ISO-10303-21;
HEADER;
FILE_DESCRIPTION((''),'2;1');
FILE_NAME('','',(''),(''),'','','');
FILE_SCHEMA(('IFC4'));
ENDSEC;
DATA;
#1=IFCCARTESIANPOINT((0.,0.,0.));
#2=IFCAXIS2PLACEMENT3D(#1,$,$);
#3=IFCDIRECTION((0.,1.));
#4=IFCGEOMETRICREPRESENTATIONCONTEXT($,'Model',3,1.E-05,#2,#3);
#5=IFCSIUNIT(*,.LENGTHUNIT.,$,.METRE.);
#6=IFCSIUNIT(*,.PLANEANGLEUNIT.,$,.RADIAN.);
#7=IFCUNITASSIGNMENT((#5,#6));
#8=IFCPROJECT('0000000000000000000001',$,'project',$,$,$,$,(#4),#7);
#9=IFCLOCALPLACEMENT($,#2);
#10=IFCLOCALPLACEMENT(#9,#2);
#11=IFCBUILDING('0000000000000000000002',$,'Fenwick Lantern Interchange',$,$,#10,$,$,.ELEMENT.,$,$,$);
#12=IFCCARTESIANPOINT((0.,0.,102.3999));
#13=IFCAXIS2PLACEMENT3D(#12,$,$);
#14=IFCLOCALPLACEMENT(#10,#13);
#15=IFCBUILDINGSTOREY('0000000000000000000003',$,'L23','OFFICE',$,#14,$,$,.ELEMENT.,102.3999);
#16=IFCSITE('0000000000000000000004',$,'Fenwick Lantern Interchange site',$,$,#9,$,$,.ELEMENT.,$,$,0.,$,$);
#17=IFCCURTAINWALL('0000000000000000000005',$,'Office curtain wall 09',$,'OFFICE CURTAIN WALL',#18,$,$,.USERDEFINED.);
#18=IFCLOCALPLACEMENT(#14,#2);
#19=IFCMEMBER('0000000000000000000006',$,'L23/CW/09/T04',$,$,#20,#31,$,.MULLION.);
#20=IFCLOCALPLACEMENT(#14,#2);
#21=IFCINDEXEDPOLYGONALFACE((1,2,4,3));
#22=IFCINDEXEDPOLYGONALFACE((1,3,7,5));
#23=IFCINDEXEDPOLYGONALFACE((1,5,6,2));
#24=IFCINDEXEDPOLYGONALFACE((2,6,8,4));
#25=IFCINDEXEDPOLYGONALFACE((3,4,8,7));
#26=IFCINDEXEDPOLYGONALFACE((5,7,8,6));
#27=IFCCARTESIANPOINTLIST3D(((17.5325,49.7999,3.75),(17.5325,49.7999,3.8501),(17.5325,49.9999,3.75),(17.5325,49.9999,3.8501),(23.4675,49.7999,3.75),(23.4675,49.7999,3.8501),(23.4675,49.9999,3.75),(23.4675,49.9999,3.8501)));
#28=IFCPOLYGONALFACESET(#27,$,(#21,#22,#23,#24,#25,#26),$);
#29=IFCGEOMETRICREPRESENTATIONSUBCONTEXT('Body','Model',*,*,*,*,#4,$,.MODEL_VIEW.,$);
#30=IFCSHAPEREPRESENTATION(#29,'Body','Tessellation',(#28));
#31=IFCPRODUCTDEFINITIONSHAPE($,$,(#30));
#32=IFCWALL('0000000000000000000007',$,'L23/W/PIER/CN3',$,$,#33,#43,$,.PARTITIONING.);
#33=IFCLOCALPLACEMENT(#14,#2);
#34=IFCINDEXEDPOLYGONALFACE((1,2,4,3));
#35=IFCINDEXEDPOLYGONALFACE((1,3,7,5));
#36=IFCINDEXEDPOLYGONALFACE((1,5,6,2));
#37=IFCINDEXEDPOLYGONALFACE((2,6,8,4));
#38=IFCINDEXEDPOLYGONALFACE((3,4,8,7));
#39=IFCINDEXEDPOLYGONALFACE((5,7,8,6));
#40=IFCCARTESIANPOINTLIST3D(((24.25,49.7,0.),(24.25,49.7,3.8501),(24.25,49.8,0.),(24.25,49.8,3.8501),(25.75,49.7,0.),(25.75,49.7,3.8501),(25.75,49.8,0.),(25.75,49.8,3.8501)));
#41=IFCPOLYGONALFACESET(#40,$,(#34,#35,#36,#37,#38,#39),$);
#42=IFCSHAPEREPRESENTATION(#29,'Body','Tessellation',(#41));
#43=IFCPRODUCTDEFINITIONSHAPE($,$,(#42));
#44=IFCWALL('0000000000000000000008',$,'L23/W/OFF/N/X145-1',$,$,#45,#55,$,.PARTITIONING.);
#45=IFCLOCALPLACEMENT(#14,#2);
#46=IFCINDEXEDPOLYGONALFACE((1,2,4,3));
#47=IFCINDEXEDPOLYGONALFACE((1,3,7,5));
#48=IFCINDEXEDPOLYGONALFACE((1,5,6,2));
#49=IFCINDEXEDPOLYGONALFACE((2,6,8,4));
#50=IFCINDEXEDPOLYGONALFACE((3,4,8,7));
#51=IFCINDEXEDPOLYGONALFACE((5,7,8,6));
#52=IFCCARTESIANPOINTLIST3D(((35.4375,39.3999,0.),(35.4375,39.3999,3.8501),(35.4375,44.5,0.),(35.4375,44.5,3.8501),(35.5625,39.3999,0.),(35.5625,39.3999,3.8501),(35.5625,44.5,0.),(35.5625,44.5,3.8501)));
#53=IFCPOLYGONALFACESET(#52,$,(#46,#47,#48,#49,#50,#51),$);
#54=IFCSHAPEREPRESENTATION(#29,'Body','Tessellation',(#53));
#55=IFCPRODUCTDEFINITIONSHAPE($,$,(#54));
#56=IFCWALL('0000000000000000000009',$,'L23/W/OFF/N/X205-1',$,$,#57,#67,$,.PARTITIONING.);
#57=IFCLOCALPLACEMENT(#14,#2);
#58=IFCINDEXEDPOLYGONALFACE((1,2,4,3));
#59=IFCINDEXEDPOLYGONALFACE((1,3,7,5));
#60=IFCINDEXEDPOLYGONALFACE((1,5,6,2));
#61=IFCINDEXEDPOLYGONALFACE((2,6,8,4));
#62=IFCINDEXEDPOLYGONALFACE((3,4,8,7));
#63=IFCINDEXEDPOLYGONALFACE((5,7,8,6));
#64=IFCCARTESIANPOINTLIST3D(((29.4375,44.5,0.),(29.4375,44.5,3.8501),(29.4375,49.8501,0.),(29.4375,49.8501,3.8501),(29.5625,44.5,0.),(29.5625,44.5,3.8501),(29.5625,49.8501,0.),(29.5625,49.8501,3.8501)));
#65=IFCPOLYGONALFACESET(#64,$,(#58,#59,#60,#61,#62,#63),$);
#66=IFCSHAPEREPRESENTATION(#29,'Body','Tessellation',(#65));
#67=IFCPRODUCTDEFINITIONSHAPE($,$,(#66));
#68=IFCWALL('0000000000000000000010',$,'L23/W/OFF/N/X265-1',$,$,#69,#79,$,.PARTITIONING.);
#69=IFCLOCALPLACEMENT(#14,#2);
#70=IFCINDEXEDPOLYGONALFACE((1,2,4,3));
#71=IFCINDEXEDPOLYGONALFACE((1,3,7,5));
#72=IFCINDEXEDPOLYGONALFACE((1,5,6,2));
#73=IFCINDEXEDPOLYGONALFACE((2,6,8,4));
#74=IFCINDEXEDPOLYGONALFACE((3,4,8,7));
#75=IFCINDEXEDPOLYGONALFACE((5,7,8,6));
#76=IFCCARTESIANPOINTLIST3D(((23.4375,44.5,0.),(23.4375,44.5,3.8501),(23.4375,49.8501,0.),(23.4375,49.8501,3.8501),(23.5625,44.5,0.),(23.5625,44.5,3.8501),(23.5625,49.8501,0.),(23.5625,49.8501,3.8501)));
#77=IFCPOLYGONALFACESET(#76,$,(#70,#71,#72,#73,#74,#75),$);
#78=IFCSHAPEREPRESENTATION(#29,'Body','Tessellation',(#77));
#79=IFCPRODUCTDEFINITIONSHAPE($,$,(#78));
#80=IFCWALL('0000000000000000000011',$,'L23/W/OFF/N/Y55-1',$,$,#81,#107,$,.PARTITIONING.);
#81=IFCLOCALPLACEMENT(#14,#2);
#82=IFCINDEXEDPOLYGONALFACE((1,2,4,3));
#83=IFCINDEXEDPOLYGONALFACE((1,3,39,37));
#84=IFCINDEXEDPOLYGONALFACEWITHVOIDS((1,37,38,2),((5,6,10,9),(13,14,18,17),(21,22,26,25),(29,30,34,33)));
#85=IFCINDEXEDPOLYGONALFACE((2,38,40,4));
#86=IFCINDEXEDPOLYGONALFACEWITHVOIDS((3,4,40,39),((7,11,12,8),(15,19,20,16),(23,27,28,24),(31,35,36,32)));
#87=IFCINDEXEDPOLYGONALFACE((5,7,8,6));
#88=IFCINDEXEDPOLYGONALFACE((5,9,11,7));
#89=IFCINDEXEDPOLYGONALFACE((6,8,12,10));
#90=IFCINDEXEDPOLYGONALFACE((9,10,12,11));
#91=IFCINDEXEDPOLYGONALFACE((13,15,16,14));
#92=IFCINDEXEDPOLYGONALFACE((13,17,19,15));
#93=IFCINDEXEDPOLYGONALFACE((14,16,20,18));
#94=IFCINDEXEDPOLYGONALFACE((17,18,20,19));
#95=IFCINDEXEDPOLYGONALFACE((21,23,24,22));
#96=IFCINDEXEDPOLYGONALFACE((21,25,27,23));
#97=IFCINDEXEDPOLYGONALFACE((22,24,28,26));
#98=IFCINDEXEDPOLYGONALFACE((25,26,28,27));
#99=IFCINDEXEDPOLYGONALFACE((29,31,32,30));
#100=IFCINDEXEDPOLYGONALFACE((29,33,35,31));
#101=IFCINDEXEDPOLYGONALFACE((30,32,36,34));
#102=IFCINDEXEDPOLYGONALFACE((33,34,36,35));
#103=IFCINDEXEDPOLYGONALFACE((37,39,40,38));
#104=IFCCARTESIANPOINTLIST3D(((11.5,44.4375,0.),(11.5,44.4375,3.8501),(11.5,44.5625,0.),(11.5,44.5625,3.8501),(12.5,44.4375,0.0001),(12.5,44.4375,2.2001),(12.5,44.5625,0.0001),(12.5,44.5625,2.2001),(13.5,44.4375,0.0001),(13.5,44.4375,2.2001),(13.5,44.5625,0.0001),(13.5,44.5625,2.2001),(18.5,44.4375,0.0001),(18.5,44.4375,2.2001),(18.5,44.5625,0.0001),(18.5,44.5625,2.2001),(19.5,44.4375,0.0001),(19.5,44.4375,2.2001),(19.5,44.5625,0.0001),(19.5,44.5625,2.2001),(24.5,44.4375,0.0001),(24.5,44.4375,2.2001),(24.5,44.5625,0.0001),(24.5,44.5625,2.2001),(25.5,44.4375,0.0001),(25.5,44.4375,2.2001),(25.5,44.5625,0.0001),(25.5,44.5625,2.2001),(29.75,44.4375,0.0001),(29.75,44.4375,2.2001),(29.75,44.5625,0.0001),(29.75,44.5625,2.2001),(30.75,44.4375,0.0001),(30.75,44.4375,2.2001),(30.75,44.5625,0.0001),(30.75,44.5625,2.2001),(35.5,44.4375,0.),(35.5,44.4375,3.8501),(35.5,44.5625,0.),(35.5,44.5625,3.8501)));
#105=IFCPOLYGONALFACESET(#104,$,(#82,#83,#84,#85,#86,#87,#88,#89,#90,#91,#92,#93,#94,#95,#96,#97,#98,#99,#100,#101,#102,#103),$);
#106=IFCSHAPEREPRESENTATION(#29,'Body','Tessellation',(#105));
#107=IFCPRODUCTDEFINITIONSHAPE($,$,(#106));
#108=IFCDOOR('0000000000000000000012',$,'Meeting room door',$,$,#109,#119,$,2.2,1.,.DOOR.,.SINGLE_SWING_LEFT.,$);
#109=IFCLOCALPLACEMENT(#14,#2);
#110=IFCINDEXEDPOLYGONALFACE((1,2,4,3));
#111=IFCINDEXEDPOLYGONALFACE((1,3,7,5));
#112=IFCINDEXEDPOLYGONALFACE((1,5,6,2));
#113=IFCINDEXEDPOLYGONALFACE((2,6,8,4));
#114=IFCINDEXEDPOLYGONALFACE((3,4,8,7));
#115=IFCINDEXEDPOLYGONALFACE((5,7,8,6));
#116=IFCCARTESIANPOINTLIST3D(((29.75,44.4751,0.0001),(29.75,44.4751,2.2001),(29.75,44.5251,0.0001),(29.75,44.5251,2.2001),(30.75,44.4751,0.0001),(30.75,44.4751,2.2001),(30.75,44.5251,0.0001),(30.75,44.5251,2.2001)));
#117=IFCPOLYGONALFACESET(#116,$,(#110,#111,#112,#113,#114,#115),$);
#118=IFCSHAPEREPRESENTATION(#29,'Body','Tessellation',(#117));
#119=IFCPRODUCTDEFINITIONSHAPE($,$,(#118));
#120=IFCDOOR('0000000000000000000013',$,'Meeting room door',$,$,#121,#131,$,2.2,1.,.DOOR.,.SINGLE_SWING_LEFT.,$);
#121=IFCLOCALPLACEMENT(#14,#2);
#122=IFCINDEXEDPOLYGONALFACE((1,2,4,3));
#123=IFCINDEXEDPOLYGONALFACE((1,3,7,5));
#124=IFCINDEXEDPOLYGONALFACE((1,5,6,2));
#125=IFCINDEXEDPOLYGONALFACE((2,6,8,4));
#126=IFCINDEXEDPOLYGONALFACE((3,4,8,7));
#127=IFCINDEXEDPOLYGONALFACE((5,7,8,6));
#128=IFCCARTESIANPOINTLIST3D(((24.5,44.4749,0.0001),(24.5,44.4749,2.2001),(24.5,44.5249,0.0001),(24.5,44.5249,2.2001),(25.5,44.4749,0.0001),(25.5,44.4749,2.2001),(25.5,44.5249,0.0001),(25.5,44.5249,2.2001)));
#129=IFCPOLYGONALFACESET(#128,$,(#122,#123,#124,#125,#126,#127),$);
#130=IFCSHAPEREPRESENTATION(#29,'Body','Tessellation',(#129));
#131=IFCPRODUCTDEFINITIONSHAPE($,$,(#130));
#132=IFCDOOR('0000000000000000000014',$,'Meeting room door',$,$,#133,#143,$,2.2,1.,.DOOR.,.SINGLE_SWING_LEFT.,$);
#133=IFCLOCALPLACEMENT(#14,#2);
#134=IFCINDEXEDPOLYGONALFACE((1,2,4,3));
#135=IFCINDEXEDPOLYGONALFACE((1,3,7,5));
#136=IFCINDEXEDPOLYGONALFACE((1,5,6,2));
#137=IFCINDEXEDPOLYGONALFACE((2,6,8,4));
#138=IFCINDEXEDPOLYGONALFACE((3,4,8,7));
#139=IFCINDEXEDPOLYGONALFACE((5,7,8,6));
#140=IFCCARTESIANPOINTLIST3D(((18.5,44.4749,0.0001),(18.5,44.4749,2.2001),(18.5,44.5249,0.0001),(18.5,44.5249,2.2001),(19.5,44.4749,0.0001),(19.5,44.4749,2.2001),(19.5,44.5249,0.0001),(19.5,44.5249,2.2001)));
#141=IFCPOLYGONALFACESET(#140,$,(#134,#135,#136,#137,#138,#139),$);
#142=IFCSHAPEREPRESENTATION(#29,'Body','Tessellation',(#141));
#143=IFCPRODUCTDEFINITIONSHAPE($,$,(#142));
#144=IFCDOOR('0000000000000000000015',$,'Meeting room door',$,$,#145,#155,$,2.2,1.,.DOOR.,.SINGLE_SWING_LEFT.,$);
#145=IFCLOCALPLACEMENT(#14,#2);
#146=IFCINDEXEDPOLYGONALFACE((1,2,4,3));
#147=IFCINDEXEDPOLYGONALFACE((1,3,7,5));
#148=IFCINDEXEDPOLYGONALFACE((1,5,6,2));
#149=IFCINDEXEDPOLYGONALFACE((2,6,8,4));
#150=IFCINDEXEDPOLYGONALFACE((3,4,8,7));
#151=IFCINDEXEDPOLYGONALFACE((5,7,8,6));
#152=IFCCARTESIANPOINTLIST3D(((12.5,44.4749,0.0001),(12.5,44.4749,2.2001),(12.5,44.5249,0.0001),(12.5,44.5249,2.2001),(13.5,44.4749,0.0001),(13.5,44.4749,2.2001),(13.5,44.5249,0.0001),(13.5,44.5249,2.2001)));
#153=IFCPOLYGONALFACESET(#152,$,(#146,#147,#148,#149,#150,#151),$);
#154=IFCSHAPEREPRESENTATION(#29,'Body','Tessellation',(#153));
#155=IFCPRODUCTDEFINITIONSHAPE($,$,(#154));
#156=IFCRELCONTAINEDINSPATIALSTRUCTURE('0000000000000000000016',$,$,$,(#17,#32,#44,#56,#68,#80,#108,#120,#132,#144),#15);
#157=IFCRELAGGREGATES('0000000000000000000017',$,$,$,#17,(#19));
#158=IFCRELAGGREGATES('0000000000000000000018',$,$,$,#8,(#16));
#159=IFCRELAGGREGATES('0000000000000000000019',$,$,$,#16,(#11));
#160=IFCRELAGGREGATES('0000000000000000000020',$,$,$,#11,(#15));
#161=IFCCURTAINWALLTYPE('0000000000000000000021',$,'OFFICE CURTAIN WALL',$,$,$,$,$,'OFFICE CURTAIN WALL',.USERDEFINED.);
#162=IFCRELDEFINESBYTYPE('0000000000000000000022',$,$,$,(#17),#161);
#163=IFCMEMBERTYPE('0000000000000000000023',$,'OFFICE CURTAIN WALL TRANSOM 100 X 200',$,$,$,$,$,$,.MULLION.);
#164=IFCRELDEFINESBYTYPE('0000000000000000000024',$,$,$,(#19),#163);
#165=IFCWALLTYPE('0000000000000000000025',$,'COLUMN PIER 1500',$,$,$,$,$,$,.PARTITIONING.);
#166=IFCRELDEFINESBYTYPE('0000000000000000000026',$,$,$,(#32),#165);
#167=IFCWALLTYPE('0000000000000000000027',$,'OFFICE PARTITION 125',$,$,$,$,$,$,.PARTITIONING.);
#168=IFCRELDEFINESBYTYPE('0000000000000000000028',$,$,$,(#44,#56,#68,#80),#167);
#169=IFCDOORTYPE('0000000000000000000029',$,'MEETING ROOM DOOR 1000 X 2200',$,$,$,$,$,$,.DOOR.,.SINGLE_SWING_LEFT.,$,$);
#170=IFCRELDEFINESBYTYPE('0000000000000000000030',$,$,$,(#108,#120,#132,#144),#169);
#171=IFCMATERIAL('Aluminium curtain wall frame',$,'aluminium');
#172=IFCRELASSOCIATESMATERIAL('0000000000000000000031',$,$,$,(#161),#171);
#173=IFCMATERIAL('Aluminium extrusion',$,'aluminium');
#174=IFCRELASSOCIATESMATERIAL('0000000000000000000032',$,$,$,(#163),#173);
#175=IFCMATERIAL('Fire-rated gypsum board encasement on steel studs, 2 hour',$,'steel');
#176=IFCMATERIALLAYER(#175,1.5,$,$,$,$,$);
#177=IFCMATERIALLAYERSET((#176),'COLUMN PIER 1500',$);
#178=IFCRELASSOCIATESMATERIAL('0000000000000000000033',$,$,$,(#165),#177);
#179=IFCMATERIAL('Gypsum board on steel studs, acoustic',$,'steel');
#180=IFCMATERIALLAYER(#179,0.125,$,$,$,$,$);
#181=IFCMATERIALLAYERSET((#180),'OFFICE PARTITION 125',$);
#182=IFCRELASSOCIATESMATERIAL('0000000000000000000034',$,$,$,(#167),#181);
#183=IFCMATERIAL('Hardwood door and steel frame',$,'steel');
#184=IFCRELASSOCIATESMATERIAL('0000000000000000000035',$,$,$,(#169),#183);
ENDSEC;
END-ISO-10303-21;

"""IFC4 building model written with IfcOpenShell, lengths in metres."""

from ifc_helpers import new_model, si_unit, direction, frame, frame_2d, origin, origin_2d, place, context, subcontext, project, spatial, rectangle, extrude, material, layer, layer_set, material_profile, profile_set, type_object, element, fill, aggregate, save


model = new_model("IFC4")

# Units and contexts
model_context = context("Model", 3, precision=1e-05, world=origin(), true_north=direction((0.0, 1.0)))
body_context = subcontext(model_context, "Body", "Model", "MODEL_VIEW")
ifc_project = project(units=[si_unit("LENGTHUNIT", "METRE"), si_unit("PLANEANGLEUNIT", "RADIAN")], contexts=[model_context])

# Site, building, storey
site_placement = place(None, origin())
site = spatial("IfcSite", under=ifc_project, at=site_placement, Name="Fenwick Lantern Interchange site", CompositionType="ELEMENT", RefElevation=0.0)
building_placement = place(site_placement, origin())
building = spatial("IfcBuilding", under=site, at=building_placement, Name="Fenwick Lantern Interchange", CompositionType="ELEMENT")
storey_placement = place(building_placement, frame((0.0, 0.0, 102.3999)))
storey = spatial("IfcBuildingStorey", under=building, at=storey_placement, Name="L23", Description="OFFICE", CompositionType="ELEMENT", Elevation=102.3999)

# Curtain wall, member
ifc_material_1 = material(Name="Aluminium curtain wall frame", Category="aluminium")
curtain_wall_type = type_object("IfcCurtainWallType", Name="OFFICE CURTAIN WALL", ElementType="OFFICE CURTAIN WALL", PredefinedType="USERDEFINED", material=ifc_material_1)
curtain_wall_placement = place(storey_placement, origin())
curtain_wall = element("IfcCurtainWall", 1, at=curtain_wall_placement, inside=storey, type_object=curtain_wall_type, Name="Office curtain wall 09", ObjectType="OFFICE CURTAIN WALL", PredefinedType="USERDEFINED")
ifc_material_2 = material(Name="Aluminium extrusion", Category="aluminium")
ifc_material_profile_1 = material_profile(ifc_material_2, rectangle(XDim=0.2, YDim=0.1001, at=origin_2d()), Name="OFFICE CURTAIN WALL TRANSOM 100 X 200")
ifc_profile_set_1 = profile_set([ifc_material_profile_1], Name="Aluminium extrusion")
member_type_1 = type_object("IfcMemberType", Name="OFFICE CURTAIN WALL TRANSOM 100 X 200", PredefinedType="MULLION", material=ifc_profile_set_1)
member_1_placement = place(storey_placement, frame((23.4675, 49.8999, 3.8), z_axis=(-1.0, 0.0, 0.0), x_axis=(0.0, -1.0, 0.0)))
member_1 = element("IfcMember", 2, at=member_1_placement, type_object=member_type_1, Name="L23/CW/09/T04", PredefinedType="MULLION", context=body_context, shape_type="SweptSolid", body=[
    extrude(rectangle(XDim=0.2, YDim=0.1001, at=origin_2d()), origin(), (0.0, 0.0, 1.0), 5.9351),
])
aggregate(curtain_wall, [member_1])

# Walls
ifc_material_3 = material(Name="Fire-rated gypsum board encasement on steel studs, 2 hour", Category="steel")
ifc_layer_1 = layer(ifc_material_3, 1.5)
ifc_layer_set_1 = layer_set([ifc_layer_1], Name="COLUMN PIER 1500")
wall_type_1 = type_object("IfcWallType", Name="COLUMN PIER 1500", PredefinedType="PARTITIONING", material=ifc_layer_set_1)
wall_1_placement = place(storey_placement, frame((25.0, 49.8, 0.0), z_axis=(0.0, 0.0, 1.0), x_axis=(0.0, -1.0, 0.0)))
element("IfcWall", 3, at=wall_1_placement, inside=storey, type_object=wall_type_1, Name="L23/W/PIER/CN3", PredefinedType="PARTITIONING", context=body_context, shape_type="SweptSolid", body=[
    extrude(rectangle(XDim=0.1001, YDim=1.5, at=frame_2d((0.05, 0.0))), origin(), (0.0, 0.0, 1.0), 3.8501),
])
ifc_material_4 = material(Name="Gypsum board on steel studs, acoustic", Category="steel")
ifc_layer_2 = layer(ifc_material_4, 0.125)
ifc_layer_set_2 = layer_set([ifc_layer_2], Name="OFFICE PARTITION 125")
wall_type_2 = type_object("IfcWallType", Name="OFFICE PARTITION 125", PredefinedType="PARTITIONING", material=ifc_layer_set_2)
wall_2_placement = place(storey_placement, frame((35.5, 44.5, 0.0), z_axis=(0.0, 0.0, 1.0), x_axis=(0.0, -1.0, 0.0)))
element("IfcWall", 4, at=wall_2_placement, inside=storey, type_object=wall_type_2, Name="L23/W/OFF/N/X145-1", PredefinedType="PARTITIONING", context=body_context, shape_type="SweptSolid", body=[
    extrude(rectangle(XDim=5.1001, YDim=0.125, at=frame_2d((2.55, 0.0))), origin(), (0.0, 0.0, 1.0), 3.8501),
])
for number, where, z_axis, x_axis, name in (
    (5, (29.5, 49.8501, 0.0), (0.0, 0.0, 1.0), (0.0, -1.0, 0.0), "L23/W/OFF/N/X205-1"),
    (6, (23.5, 49.8501, 0.0), (0.0, 0.0, 1.0), (0.0, -1.0, 0.0), "L23/W/OFF/N/X265-1"),
):
    element("IfcWall", number, at=place(storey_placement, frame(where, z_axis=z_axis, x_axis=x_axis)), inside=storey, type_object=wall_type_2, Name=name, PredefinedType="PARTITIONING", context=body_context, shape_type="SweptSolid", body=[
        extrude(rectangle(XDim=5.3501, YDim=0.125, at=frame_2d((2.675, 0.0))), origin(), (0.0, 0.0, 1.0), 3.8501),
    ])

# Wall, openings, doors
wall_3_placement = place(storey_placement, frame((35.5, 44.5, 0.0), z_axis=(0.0, 0.0, 1.0), x_axis=(-1.0, 0.0, 0.0)))
wall_3 = element("IfcWall", 7, at=wall_3_placement, inside=storey, type_object=wall_type_2, Name="L23/W/OFF/N/Y55-1", PredefinedType="PARTITIONING", context=body_context, shape_type="SweptSolid", body=[
    extrude(rectangle(XDim=24.0, YDim=0.125, at=frame_2d((12.0, 0.0))), origin(), (0.0, 0.0, 1.0), 3.8501),
])
opening_1_placement = place(wall_3_placement, frame((4.75, 0.0, 0.0)))
opening_1 = element("IfcOpeningElement", 8, at=opening_1_placement, cuts=wall_3, PredefinedType="OPENING", context=body_context, shape_type="SweptSolid", body=[
    extrude(rectangle(XDim=1.0, YDim=2.2, at=frame_2d((0.5, 1.1001))), frame((0.0, 0.0725, 0.0), z_axis=(0.0, -1.0, 0.0), x_axis=(1.0, 0.0, 0.0)), (0.0, 0.0, 1.0), 0.145),
])
opening_2_placement = place(wall_3_placement, frame((10.0, 0.0, 0.0)))
opening_2 = element("IfcOpeningElement", 9, at=opening_2_placement, cuts=wall_3, PredefinedType="OPENING", context=body_context, shape_type="SweptSolid", body=[
    extrude(rectangle(XDim=1.0, YDim=2.2, at=frame_2d((0.5, 1.1001))), frame((0.0, 0.0725, 0.0), z_axis=(0.0, -1.0, 0.0), x_axis=(1.0, 0.0, 0.0)), (0.0, 0.0, 1.0), 0.145),
])
opening_3_placement = place(wall_3_placement, frame((16.0, 0.0, 0.0)))
opening_3 = element("IfcOpeningElement", 10, at=opening_3_placement, cuts=wall_3, PredefinedType="OPENING", context=body_context, shape_type="SweptSolid", body=[
    extrude(rectangle(XDim=1.0, YDim=2.2, at=frame_2d((0.5, 1.1001))), frame((0.0, 0.0725, 0.0), z_axis=(0.0, -1.0, 0.0), x_axis=(1.0, 0.0, 0.0)), (0.0, 0.0, 1.0), 0.145),
])
opening_4_placement = place(wall_3_placement, frame((22.0, 0.0, 0.0)))
opening_4 = element("IfcOpeningElement", 11, at=opening_4_placement, cuts=wall_3, PredefinedType="OPENING", context=body_context, shape_type="SweptSolid", body=[
    extrude(rectangle(XDim=1.0, YDim=2.2, at=frame_2d((0.5, 1.1001))), frame((0.0, 0.0725, 0.0), z_axis=(0.0, -1.0, 0.0), x_axis=(1.0, 0.0, 0.0)), (0.0, 0.0, 1.0), 0.145),
])
ifc_material_5 = material(Name="Hardwood door and steel frame", Category="steel")
door_type = type_object("IfcDoorType", Name="MEETING ROOM DOOR 1000 X 2200", OperationType="SINGLE_SWING_LEFT", PredefinedType="DOOR", material=ifc_material_5)
door_1_placement = place(opening_1_placement, origin())
door_1 = element("IfcDoor", 12, at=door_1_placement, inside=storey, type_object=door_type, Name="Meeting room door", OperationType="SINGLE_SWING_LEFT", OverallHeight=2.2, OverallWidth=1.0, PredefinedType="DOOR", context=body_context, shape_type="SweptSolid", body=[
    extrude(rectangle(XDim=1.0, YDim=2.2, at=frame_2d((0.5, 1.1001))), frame((0.0, 0.0249, 0.0), z_axis=(0.0, -1.0, 0.0), x_axis=(1.0, 0.0, 0.0)), (0.0, 0.0, 1.0), 0.05),
])
fill(opening_1, door_1)
door_2_placement = place(opening_2_placement, frame((1.0, 0.0, 0.0), z_axis=(0.0, 0.0, 1.0), x_axis=(-1.0, 0.0, 0.0)))
door_2 = element("IfcDoor", 13, at=door_2_placement, inside=storey, type_object=door_type, Name="Meeting room door", OperationType="SINGLE_SWING_LEFT", OverallHeight=2.2, OverallWidth=1.0, PredefinedType="DOOR", context=body_context, shape_type="SweptSolid", body=[
    extrude(rectangle(XDim=1.0, YDim=2.2, at=frame_2d((0.5, 1.1001))), frame((0.0, 0.0249, 0.0), z_axis=(0.0, -1.0, 0.0), x_axis=(1.0, 0.0, 0.0)), (0.0, 0.0, 1.0), 0.05),
])
fill(opening_2, door_2)
door_3_placement = place(opening_3_placement, frame((1.0, 0.0, 0.0), z_axis=(0.0, 0.0, 1.0), x_axis=(-1.0, 0.0, 0.0)))
door_3 = element("IfcDoor", 14, at=door_3_placement, inside=storey, type_object=door_type, Name="Meeting room door", OperationType="SINGLE_SWING_LEFT", OverallHeight=2.2, OverallWidth=1.0, PredefinedType="DOOR", context=body_context, shape_type="SweptSolid", body=[
    extrude(rectangle(XDim=1.0, YDim=2.2, at=frame_2d((0.5, 1.1001))), frame((0.0, 0.0249, 0.0), z_axis=(0.0, -1.0, 0.0), x_axis=(1.0, 0.0, 0.0)), (0.0, 0.0, 1.0), 0.05),
])
fill(opening_3, door_3)
door_4_placement = place(opening_4_placement, frame((1.0, 0.0, 0.0), z_axis=(0.0, 0.0, 1.0), x_axis=(-1.0, 0.0, 0.0)))
door_4 = element("IfcDoor", 15, at=door_4_placement, inside=storey, type_object=door_type, Name="Meeting room door", OperationType="SINGLE_SWING_LEFT", OverallHeight=2.2, OverallWidth=1.0, PredefinedType="DOOR", context=body_context, shape_type="SweptSolid", body=[
    extrude(rectangle(XDim=1.0, YDim=2.2, at=frame_2d((0.5, 1.1001))), frame((0.0, 0.0249, 0.0), z_axis=(0.0, -1.0, 0.0), x_axis=(1.0, 0.0, 0.0)), (0.0, 0.0, 1.0), 0.05),
])
fill(opening_4, door_4)

save(model, "model.ifc")
